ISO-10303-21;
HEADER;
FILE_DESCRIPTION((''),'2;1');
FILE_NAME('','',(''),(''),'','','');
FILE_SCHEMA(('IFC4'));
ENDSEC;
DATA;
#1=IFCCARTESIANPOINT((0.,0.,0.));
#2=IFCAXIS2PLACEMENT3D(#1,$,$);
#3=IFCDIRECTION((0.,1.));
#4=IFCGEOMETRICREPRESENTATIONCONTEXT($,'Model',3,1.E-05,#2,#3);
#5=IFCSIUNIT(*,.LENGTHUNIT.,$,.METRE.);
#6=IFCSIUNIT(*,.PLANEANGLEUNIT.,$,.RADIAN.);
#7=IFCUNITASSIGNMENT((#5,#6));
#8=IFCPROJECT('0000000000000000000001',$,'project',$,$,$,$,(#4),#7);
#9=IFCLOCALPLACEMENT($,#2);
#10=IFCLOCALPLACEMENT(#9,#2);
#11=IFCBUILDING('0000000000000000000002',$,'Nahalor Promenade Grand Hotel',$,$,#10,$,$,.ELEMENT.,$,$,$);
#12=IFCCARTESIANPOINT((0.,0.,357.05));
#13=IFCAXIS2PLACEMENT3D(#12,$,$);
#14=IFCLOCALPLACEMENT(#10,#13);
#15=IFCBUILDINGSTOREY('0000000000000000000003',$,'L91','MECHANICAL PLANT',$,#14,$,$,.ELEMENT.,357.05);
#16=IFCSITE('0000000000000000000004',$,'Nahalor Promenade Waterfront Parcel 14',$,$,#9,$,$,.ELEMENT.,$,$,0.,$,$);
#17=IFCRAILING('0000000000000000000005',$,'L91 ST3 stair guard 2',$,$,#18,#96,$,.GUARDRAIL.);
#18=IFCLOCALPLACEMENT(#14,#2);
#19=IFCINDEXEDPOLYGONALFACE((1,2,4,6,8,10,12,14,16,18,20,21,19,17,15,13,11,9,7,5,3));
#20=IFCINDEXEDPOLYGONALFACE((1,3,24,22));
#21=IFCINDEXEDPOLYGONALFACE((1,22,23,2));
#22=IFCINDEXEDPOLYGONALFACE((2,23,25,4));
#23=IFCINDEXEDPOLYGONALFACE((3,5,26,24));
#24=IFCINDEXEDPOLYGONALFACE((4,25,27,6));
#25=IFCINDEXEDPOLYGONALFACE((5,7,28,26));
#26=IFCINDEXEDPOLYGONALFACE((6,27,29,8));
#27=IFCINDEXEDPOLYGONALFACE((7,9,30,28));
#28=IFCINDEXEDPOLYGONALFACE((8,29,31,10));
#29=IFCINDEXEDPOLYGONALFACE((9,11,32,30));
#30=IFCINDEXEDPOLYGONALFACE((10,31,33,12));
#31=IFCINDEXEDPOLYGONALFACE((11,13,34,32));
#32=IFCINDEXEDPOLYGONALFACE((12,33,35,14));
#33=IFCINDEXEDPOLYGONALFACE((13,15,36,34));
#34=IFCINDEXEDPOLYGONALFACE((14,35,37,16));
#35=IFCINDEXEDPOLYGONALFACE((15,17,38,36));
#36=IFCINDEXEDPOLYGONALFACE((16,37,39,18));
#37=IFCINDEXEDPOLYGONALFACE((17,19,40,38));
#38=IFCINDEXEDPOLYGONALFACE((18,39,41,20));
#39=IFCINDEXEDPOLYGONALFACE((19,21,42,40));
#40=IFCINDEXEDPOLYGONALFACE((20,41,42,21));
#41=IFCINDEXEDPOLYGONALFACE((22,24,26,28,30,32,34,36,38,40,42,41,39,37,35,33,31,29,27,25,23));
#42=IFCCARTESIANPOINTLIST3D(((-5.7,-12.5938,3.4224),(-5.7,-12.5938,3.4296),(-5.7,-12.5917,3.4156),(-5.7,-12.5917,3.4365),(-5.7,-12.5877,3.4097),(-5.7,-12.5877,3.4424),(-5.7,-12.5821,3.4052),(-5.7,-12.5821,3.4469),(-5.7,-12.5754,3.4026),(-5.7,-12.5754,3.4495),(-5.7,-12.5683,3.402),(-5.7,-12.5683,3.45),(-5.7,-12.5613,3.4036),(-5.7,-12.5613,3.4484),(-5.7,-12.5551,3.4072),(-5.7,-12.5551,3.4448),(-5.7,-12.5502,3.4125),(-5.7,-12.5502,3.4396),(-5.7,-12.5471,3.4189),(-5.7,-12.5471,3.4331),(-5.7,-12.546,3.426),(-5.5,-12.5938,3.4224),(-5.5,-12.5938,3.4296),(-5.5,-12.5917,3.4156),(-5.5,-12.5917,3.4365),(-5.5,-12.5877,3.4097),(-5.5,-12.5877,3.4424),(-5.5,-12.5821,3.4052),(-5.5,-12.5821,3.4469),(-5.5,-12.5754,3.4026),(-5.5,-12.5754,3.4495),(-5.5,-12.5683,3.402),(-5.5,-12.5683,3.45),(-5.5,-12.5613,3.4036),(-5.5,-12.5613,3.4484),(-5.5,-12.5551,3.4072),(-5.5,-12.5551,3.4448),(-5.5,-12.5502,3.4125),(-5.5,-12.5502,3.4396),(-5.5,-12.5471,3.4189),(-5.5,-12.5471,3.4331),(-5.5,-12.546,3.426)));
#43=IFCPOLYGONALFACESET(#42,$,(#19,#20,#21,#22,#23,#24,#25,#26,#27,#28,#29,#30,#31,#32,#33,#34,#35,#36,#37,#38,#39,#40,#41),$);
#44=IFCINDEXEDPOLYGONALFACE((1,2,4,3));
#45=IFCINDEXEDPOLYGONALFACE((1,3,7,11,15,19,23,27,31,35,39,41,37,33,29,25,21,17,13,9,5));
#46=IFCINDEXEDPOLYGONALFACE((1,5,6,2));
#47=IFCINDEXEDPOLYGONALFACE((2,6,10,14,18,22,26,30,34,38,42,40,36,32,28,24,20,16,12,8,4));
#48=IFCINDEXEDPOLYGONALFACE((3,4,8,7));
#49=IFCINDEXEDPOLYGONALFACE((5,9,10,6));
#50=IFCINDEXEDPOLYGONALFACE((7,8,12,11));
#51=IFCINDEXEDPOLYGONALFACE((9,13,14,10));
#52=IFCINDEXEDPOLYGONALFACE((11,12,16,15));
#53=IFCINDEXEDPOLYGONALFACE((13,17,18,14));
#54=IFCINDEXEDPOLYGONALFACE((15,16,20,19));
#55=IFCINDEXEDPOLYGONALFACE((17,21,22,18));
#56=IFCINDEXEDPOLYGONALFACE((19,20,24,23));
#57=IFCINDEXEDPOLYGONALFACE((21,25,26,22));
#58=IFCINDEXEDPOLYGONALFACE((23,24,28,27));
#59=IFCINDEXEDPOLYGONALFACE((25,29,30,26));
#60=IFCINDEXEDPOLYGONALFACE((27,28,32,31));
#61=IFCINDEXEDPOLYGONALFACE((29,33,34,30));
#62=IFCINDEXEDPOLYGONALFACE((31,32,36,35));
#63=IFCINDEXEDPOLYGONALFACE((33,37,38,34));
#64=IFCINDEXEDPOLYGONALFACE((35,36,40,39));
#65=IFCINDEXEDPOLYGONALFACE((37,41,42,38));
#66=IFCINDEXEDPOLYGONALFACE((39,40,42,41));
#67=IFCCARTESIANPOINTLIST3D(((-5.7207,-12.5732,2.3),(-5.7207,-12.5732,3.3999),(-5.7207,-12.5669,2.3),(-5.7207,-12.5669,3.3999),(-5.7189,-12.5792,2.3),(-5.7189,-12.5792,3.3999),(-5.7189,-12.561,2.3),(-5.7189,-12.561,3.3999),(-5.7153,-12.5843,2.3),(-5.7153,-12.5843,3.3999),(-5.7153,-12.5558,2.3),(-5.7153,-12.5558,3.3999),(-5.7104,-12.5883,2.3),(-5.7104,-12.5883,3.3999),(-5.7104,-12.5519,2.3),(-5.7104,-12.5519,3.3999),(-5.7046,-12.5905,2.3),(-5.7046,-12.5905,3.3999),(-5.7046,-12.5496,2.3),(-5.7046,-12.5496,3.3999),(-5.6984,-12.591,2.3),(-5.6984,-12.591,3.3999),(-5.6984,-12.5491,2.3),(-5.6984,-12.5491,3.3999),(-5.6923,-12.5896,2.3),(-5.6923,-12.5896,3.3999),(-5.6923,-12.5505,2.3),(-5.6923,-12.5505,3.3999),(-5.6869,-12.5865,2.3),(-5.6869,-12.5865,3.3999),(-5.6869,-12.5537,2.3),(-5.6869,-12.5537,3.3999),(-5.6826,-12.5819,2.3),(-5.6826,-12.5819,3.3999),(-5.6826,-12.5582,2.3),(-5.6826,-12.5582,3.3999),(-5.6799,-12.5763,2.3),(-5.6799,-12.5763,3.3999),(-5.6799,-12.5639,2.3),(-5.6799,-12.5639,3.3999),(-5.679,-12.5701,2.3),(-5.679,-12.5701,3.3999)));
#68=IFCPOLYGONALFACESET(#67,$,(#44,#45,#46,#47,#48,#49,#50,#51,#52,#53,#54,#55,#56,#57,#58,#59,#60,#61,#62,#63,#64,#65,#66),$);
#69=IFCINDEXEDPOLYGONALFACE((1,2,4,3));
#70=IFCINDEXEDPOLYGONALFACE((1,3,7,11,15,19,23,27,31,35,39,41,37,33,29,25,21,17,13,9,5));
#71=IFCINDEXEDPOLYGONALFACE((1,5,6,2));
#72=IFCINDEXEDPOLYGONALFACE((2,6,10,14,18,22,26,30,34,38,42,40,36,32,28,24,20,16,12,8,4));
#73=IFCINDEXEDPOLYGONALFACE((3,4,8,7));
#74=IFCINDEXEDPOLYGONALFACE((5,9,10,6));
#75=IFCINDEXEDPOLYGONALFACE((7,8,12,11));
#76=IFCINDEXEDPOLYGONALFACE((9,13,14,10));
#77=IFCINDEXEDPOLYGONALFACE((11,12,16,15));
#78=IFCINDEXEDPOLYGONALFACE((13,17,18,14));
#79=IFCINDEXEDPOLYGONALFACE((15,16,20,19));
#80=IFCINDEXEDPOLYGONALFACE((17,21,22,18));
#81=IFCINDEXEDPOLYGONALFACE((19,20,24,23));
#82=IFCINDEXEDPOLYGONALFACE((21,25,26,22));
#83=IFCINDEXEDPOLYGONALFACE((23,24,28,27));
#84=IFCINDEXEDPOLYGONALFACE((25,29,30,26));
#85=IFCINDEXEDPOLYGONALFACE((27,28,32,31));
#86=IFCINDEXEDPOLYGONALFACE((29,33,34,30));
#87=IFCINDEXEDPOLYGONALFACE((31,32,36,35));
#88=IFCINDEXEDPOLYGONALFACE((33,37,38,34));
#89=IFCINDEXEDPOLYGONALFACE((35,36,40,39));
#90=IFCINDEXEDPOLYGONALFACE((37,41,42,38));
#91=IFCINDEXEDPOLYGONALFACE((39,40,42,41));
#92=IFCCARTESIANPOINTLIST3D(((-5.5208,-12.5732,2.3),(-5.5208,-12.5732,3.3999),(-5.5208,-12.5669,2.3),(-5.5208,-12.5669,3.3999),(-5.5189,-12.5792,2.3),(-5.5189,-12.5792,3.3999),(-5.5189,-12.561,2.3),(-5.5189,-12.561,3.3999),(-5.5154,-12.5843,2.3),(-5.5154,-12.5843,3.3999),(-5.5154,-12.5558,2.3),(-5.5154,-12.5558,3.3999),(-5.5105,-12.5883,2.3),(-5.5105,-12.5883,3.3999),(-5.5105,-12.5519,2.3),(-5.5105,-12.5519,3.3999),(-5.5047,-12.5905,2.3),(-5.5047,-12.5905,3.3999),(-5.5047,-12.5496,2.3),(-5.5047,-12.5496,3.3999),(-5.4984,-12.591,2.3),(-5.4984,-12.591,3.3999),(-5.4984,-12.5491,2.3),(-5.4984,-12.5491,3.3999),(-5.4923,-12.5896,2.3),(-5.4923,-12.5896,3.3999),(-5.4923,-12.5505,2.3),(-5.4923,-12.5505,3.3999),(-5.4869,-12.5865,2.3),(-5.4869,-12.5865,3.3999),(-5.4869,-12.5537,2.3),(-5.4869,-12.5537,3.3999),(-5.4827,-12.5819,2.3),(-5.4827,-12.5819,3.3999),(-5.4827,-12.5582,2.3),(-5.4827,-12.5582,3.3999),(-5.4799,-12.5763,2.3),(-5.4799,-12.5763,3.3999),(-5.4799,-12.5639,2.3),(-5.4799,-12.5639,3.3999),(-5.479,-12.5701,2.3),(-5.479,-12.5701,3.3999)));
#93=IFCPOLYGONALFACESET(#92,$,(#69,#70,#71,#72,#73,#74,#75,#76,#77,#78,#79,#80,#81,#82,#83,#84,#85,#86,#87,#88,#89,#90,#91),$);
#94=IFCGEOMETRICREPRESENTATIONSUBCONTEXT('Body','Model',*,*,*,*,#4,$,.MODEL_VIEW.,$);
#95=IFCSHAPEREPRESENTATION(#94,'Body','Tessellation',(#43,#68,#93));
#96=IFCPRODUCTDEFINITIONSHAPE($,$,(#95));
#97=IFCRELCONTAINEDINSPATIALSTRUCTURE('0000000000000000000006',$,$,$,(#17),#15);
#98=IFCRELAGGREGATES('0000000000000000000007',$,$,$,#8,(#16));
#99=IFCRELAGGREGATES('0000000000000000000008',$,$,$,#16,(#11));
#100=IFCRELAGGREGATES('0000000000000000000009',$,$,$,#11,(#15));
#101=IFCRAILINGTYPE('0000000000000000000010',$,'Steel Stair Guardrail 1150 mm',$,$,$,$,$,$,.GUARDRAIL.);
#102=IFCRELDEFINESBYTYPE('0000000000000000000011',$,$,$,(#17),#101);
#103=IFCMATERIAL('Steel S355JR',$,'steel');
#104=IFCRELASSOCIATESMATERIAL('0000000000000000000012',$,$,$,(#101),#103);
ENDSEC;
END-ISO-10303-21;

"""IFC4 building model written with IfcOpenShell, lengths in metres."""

from ifc_helpers import new_model, si_unit, direction, frame, origin, origin_2d, place, context, subcontext, project, spatial, circle, extrude, material, type_object, element, save


model = new_model("IFC4")

# Units and contexts
model_context = context("Model", 3, precision=1e-05, world=origin(), true_north=direction((0.0, 1.0)))
body_context = subcontext(model_context, "Body", "Model", "MODEL_VIEW")
ifc_project = project(units=[si_unit("LENGTHUNIT", "METRE"), si_unit("PLANEANGLEUNIT", "RADIAN")], contexts=[model_context])

# Site, building, storey
site_placement = place(None, origin())
site = spatial("IfcSite", under=ifc_project, at=site_placement, Name="Nahalor Promenade Waterfront Parcel 14", CompositionType="ELEMENT", RefElevation=0.0)
building_placement = place(site_placement, origin())
building = spatial("IfcBuilding", under=site, at=building_placement, Name="Nahalor Promenade Grand Hotel", CompositionType="ELEMENT")
storey_placement = place(building_placement, frame((0.0, 0.0, 357.05)))
storey = spatial("IfcBuildingStorey", under=building, at=storey_placement, Name="L91", Description="MECHANICAL PLANT", CompositionType="ELEMENT", Elevation=357.05)

# Shared definitions
ifc_material_1 = material(Name="Steel S355JR", Category="steel")

# Railing
railing_type_1 = type_object("IfcRailingType", Name="Steel Stair Guardrail 1150 mm", PredefinedType="GUARDRAIL", material=ifc_material_1)
railing_1_placement = place(storey_placement, frame((-5.7, -12.5701, 2.3)))
element("IfcRailing", 1, at=railing_1_placement, inside=storey, type_object=railing_type_1, Name="L91 ST3 stair guard 2", PredefinedType="GUARDRAIL", context=body_context, shape_type="SweptSolid", body=[
    extrude(circle(Radius=0.024, at=origin_2d()), frame((0.0, 0.0, 1.126), z_axis=(1.0, 0.0, 0.0), x_axis=(0.0, 1.0, 0.0)), (0.0, 0.0, 1.0), 0.2),
    extrude(circle(Radius=0.021, at=origin_2d()), origin(), (0.0, 0.0, 1.0), 1.0999),
    extrude(circle(Radius=0.021, at=origin_2d()), frame((0.2, 0.0, 0.0)), (0.0, 0.0, 1.0), 1.0999),
])

save(model, "model.ifc")
